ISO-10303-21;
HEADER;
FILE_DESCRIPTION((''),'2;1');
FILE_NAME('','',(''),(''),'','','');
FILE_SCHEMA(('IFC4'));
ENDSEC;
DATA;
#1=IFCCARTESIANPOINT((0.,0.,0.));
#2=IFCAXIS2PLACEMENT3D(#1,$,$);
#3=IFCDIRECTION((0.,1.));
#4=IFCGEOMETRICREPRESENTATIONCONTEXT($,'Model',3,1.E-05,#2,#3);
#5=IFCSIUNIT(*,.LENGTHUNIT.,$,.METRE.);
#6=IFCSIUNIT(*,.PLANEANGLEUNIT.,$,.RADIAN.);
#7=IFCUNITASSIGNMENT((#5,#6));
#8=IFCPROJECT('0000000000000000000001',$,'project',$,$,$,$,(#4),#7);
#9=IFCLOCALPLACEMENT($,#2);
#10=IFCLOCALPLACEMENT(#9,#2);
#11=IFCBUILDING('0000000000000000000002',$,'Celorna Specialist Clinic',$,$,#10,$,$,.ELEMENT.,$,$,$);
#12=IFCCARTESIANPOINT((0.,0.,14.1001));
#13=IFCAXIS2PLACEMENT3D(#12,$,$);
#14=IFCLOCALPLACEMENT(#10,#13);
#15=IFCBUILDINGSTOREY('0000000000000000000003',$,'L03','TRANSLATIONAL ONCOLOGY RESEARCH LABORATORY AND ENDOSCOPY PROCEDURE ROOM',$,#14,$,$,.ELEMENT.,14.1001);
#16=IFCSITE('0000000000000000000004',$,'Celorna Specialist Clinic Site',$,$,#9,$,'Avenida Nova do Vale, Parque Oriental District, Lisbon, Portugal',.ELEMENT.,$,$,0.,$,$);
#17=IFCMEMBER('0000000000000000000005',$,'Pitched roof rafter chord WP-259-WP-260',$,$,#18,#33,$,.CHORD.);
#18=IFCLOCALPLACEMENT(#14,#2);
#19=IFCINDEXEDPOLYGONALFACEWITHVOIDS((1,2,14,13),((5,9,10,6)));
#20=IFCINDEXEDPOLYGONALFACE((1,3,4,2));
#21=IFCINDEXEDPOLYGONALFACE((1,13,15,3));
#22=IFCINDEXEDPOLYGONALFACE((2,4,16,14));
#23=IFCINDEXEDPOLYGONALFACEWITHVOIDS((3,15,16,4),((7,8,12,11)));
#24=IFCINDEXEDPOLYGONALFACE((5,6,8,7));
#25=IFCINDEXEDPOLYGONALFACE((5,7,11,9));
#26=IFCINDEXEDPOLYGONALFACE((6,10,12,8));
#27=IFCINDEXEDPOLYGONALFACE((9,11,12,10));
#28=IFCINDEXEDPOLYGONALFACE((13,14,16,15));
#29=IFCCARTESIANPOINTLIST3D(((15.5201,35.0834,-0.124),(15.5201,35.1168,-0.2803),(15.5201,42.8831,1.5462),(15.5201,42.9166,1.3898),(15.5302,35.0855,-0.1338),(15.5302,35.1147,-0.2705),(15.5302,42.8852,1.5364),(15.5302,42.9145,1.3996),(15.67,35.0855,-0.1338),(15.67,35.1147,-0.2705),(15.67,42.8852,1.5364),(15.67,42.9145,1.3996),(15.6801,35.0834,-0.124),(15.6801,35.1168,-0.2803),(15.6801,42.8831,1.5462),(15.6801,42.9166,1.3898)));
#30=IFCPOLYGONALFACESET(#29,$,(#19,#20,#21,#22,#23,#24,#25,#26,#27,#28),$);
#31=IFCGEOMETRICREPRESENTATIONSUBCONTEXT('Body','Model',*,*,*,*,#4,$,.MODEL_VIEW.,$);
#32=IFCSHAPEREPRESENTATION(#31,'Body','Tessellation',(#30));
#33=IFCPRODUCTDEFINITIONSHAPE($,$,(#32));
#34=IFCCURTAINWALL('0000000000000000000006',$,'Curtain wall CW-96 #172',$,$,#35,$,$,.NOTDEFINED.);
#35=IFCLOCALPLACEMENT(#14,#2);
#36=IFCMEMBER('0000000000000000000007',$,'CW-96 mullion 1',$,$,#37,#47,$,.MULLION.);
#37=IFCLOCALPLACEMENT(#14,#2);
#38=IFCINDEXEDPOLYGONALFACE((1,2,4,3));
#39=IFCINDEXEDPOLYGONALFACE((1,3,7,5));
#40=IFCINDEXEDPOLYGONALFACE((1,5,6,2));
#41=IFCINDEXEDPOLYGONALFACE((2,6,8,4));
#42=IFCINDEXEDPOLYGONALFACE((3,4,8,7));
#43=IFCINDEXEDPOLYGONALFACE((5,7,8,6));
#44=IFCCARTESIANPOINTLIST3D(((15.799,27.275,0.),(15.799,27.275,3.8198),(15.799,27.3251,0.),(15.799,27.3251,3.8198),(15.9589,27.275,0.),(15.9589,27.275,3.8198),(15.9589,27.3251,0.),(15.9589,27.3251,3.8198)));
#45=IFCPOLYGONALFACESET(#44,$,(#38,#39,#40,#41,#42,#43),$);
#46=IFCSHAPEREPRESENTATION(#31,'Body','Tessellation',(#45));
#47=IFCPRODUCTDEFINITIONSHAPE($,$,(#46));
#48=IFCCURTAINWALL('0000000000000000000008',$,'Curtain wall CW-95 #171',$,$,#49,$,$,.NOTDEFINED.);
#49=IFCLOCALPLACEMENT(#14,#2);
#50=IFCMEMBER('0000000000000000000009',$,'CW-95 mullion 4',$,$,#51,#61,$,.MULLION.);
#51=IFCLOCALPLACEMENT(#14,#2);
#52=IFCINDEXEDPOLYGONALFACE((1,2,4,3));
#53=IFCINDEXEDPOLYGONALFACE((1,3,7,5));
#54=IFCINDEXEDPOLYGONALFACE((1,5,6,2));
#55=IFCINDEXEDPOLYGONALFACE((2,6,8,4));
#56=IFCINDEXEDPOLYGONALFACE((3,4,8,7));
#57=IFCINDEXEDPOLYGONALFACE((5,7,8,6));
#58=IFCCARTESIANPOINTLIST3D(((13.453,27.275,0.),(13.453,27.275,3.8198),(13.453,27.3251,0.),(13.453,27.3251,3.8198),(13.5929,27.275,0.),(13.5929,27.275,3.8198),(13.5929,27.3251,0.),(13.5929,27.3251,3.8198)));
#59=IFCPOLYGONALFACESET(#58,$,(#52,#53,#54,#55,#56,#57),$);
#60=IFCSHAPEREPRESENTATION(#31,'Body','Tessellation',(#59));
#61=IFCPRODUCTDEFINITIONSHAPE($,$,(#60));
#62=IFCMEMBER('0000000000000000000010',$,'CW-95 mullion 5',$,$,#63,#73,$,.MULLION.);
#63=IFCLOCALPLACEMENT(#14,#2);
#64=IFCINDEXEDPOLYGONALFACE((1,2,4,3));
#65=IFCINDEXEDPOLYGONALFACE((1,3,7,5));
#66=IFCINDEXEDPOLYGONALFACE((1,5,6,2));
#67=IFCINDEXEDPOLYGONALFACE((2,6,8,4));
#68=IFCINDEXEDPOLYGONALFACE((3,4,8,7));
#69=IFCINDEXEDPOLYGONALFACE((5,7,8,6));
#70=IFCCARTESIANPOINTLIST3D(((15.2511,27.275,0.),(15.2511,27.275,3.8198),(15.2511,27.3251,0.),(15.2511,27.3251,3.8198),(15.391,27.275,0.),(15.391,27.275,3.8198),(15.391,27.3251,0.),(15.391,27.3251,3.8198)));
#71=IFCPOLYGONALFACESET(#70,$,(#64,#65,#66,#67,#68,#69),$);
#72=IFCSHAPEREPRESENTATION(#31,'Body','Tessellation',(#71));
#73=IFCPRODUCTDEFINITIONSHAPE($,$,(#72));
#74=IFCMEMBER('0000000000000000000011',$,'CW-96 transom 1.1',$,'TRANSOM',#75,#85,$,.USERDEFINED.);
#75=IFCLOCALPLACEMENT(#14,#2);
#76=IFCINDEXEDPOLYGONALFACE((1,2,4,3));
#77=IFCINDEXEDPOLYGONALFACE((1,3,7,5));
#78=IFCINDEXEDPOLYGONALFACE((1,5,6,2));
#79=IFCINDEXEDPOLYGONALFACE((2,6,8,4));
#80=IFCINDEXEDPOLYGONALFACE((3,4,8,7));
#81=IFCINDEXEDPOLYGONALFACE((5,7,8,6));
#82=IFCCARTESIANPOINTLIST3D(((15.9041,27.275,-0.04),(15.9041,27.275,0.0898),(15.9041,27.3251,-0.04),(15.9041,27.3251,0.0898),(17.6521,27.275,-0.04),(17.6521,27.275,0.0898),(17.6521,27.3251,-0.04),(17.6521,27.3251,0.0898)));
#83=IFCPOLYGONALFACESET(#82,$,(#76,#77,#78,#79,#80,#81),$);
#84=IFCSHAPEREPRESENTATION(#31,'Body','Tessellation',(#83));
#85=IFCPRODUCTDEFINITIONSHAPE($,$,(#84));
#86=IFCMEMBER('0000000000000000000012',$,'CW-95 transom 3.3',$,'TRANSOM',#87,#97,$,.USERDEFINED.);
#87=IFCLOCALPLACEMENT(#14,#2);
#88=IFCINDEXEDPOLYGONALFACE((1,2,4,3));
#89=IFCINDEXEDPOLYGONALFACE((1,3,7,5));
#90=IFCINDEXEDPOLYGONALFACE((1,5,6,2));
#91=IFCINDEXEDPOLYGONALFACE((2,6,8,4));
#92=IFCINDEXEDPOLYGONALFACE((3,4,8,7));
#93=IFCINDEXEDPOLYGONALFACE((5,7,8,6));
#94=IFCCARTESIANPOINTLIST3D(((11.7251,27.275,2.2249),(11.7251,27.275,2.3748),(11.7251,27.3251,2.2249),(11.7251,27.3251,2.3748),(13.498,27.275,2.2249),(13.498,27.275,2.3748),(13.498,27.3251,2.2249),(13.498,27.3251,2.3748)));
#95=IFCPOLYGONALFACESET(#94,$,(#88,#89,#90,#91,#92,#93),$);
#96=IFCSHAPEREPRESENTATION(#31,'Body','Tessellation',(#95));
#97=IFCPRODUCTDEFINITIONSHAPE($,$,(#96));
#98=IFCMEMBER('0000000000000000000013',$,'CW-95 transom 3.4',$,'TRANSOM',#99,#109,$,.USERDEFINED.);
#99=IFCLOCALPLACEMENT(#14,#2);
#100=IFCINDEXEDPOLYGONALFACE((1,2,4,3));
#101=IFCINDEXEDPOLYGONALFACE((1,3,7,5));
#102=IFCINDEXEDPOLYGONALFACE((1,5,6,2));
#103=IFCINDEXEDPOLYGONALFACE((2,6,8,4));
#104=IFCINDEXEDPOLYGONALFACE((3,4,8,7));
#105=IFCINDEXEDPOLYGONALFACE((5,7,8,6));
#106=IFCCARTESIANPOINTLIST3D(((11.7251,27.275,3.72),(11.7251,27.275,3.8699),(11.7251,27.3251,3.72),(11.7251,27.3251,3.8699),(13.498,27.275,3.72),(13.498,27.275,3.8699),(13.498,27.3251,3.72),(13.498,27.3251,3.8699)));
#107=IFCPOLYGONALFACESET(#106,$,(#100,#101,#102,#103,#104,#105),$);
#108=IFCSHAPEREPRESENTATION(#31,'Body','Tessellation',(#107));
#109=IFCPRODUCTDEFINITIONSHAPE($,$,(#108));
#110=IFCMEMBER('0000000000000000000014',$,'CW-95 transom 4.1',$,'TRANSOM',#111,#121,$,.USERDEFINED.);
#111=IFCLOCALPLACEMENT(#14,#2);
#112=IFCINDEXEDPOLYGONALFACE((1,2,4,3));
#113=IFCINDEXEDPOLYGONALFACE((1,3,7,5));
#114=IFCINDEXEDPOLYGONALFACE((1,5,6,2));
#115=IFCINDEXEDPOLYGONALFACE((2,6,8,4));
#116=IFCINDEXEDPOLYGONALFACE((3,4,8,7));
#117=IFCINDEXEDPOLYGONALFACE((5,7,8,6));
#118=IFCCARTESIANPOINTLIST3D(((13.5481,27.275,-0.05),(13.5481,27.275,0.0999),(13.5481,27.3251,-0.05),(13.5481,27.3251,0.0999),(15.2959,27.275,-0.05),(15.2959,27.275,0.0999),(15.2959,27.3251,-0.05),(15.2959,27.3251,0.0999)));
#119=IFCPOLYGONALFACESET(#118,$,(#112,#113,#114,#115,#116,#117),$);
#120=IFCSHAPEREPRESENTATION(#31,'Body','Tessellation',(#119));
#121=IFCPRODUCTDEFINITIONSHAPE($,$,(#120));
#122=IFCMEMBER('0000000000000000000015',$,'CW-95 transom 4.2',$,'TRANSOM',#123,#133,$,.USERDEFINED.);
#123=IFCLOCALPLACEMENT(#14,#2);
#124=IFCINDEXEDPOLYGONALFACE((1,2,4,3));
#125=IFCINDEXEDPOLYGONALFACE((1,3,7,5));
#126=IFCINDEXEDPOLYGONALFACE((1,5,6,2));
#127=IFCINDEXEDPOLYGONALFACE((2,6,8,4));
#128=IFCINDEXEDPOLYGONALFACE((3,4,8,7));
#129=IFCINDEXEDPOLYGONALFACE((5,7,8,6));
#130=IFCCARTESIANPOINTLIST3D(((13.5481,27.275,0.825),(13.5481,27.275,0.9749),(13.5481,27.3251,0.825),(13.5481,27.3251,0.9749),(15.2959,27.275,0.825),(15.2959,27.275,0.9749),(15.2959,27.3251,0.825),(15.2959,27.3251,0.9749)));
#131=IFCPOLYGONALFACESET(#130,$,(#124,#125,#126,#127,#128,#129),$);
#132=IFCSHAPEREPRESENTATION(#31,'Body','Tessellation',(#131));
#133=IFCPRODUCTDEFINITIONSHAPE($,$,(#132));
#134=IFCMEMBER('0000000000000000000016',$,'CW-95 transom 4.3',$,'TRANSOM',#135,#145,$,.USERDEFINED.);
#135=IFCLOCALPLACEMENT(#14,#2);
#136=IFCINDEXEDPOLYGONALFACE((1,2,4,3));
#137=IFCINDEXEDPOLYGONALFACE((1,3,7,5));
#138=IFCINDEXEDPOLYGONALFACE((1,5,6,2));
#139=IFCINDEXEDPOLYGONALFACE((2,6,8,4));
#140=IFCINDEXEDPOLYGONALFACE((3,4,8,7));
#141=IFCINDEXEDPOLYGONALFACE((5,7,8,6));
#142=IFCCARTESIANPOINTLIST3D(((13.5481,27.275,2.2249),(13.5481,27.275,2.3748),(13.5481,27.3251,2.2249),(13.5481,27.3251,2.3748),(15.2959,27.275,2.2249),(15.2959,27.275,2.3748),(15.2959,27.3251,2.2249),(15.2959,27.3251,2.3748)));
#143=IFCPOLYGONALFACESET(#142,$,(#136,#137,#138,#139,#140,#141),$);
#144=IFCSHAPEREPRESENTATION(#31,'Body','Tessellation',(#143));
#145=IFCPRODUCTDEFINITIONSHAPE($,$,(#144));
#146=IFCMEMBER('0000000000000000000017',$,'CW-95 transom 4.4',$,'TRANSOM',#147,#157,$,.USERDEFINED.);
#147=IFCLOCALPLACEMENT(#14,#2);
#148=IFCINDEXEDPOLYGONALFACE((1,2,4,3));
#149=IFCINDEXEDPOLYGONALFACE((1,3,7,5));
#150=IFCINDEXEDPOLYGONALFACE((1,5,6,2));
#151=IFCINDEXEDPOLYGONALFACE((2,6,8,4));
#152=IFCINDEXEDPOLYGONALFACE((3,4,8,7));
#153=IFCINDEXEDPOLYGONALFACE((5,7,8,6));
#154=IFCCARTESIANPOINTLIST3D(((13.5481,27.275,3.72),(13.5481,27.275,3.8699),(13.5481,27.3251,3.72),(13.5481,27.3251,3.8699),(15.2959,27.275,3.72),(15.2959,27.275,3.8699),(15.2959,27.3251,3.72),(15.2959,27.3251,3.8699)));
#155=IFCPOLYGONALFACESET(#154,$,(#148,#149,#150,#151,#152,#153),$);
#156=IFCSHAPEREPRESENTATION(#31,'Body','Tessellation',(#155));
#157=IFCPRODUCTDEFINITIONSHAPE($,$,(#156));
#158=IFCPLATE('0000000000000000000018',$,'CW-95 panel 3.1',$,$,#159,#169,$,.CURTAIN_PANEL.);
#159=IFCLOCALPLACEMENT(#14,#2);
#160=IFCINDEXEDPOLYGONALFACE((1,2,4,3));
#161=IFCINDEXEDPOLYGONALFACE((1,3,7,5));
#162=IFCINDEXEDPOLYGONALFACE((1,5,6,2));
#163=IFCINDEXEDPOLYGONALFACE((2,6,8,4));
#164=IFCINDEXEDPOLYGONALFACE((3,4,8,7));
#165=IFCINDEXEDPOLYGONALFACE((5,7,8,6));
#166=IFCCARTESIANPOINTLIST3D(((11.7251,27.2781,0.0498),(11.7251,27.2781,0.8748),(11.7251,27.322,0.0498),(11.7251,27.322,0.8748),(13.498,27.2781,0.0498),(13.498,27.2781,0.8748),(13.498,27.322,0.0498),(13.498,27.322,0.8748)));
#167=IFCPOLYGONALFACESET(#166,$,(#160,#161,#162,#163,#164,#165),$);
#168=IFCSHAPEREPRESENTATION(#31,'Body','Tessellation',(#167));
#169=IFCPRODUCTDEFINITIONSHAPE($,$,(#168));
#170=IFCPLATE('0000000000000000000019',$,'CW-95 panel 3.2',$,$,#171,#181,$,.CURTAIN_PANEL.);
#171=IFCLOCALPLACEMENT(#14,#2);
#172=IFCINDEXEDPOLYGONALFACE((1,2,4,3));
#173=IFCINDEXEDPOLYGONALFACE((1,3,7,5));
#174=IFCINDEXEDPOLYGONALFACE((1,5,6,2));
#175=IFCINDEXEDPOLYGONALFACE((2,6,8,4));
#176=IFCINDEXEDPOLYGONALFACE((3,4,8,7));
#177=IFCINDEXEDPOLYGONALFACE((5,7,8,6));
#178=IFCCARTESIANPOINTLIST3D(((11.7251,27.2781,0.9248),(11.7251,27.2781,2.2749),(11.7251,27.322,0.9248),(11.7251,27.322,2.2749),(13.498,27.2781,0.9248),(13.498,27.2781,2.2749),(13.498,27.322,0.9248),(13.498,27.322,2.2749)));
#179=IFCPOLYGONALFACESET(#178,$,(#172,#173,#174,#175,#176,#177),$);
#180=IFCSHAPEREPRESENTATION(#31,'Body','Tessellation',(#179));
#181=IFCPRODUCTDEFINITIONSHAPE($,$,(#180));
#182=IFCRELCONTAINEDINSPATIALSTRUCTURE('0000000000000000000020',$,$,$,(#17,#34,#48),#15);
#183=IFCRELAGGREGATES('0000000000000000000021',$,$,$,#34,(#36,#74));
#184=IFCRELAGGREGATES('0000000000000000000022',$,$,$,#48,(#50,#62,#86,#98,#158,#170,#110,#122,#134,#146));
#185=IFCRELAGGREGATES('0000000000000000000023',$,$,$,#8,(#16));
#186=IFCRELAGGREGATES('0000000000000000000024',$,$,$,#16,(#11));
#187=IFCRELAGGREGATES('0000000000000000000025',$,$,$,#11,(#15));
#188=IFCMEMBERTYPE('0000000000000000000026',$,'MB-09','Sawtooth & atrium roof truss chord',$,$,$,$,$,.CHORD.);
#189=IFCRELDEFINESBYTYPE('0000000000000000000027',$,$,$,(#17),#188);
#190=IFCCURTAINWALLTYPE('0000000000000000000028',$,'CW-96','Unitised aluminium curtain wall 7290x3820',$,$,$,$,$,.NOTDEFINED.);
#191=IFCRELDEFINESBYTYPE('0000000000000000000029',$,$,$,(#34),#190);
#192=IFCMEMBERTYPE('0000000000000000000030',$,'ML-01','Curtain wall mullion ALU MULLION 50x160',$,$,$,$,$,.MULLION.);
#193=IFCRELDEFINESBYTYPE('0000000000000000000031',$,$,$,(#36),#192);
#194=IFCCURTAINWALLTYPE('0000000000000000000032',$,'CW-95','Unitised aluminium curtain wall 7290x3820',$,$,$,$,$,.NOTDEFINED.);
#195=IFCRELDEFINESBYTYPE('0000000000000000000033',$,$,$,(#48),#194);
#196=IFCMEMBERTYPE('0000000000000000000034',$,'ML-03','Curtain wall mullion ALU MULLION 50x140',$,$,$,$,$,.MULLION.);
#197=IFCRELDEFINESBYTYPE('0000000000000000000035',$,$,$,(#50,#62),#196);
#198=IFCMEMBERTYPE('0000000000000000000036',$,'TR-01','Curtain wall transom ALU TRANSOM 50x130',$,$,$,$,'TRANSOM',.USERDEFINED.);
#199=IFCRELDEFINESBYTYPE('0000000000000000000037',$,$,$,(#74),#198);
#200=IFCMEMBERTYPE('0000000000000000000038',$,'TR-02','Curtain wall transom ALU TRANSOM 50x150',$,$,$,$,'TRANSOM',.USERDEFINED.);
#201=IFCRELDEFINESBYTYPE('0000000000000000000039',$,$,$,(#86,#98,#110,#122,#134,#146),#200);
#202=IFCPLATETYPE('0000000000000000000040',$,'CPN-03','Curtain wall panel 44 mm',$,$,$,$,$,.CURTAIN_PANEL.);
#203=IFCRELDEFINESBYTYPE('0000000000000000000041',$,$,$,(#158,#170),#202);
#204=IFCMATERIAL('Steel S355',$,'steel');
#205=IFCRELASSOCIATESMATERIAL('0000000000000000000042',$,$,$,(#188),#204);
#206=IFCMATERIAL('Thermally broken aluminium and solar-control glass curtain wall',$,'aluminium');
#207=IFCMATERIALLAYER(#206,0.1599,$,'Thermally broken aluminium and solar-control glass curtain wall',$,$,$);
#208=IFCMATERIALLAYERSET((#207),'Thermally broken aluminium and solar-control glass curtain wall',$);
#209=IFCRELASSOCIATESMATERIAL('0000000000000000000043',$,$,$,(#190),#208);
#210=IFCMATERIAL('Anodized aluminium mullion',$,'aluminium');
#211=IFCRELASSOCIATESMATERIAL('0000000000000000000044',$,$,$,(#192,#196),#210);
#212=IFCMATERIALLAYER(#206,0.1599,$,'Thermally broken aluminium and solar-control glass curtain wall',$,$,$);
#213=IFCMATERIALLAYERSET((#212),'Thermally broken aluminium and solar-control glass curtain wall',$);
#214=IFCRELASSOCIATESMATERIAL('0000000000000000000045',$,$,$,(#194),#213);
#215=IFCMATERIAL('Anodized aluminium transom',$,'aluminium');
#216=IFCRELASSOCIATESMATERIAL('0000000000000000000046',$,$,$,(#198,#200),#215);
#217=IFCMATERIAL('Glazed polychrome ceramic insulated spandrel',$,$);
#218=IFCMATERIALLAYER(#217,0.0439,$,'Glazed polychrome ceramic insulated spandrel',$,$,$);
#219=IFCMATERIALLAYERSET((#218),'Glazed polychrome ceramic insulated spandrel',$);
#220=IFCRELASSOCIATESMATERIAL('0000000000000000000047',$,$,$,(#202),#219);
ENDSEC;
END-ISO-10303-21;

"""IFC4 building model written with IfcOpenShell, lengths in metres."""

from ifc_helpers import new_model, si_unit, direction, frame, origin, origin_2d, place, context, subcontext, project, spatial, rectangle, hollow_rectangle, extrude, material, layer, layer_set, material_profile, profile_set, type_object, element, aggregate, save


model = new_model("IFC4")

# Units and contexts
model_context = context("Model", 3, precision=1e-05, world=origin(), true_north=direction((0.0, 1.0)))
body_context = subcontext(model_context, "Body", "Model", "MODEL_VIEW")
ifc_project = project(units=[si_unit("LENGTHUNIT", "METRE"), si_unit("PLANEANGLEUNIT", "RADIAN")], contexts=[model_context])

# Site, building, storey
site_placement = place(None, origin())
site = spatial("IfcSite", under=ifc_project, at=site_placement, Name="Celorna Specialist Clinic Site", LongName="Avenida Nova do Vale, Parque Oriental District, Lisbon, Portugal", CompositionType="ELEMENT", RefElevation=0.0)
building_placement = place(site_placement, origin())
building = spatial("IfcBuilding", under=site, at=building_placement, Name="Celorna Specialist Clinic", CompositionType="ELEMENT")
storey_placement = place(building_placement, frame((0.0, 0.0, 14.1001)))
storey = spatial("IfcBuildingStorey", under=building, at=storey_placement, Name="L03", Description="TRANSLATIONAL ONCOLOGY RESEARCH LABORATORY AND ENDOSCOPY PROCEDURE ROOM", CompositionType="ELEMENT", Elevation=14.1001)

# Shared definitions
ifc_material_1 = material(Name="Steel S355", Category="steel")

# Member
ifc_material_profile_1 = material_profile(ifc_material_1, hollow_rectangle(XDim=0.1599, YDim=0.1599, WallThickness=0.01, at=origin_2d()), Name="SHS 160x160x10")
ifc_profile_set_1 = profile_set([ifc_material_profile_1], Name="Steel S355")
member_type_1 = type_object("IfcMemberType", Name="MB-09", Description="Sawtooth & atrium roof truss chord", PredefinedType="CHORD", material=ifc_profile_set_1)
member_1_placement = place(storey_placement, frame((15.6001, 35.1001, -0.2021), z_axis=(0.0, 0.977834, 0.209383), x_axis=(-1.0, 0.0, 0.0)))
element("IfcMember", 1, at=member_1_placement, inside=storey, type_object=member_type_1, Name="Pitched roof rafter chord WP-259-WP-260", PredefinedType="CHORD", context=body_context, shape_type="SweptSolid", body=[
    extrude(hollow_rectangle(XDim=0.1599, YDim=0.1599, WallThickness=0.01, at=origin_2d()), origin(), (0.0, 0.0, 1.0), 7.9766),
])

# Curtain wall, member
ifc_material_2 = material(Name="Thermally broken aluminium and solar-control glass curtain wall", Category="aluminium")
ifc_layer_1 = layer(ifc_material_2, 0.1599, Name="Thermally broken aluminium and solar-control glass curtain wall")
ifc_layer_set_1 = layer_set([ifc_layer_1], Name="Thermally broken aluminium and solar-control glass curtain wall")
curtain_wall_type_1 = type_object("IfcCurtainWallType", Name="CW-96", Description="Unitised aluminium curtain wall 7290x3820", PredefinedType="NOTDEFINED", material=ifc_layer_set_1)
curtain_wall_1_placement = place(storey_placement, origin())
curtain_wall_1 = element("IfcCurtainWall", 2, at=curtain_wall_1_placement, inside=storey, type_object=curtain_wall_type_1, Name="Curtain wall CW-96 #172", PredefinedType="NOTDEFINED")
ifc_material_3 = material(Name="Anodized aluminium mullion", Category="aluminium")
ifc_material_profile_2 = material_profile(ifc_material_3, rectangle(XDim=0.05, YDim=0.1599, at=origin_2d()), Name="ALU MULLION 50x160")
ifc_profile_set_2 = profile_set([ifc_material_profile_2], Name="Anodized aluminium mullion")
member_type_2 = type_object("IfcMemberType", Name="ML-01", Description="Curtain wall mullion ALU MULLION 50x160", PredefinedType="MULLION", material=ifc_profile_set_2)
member_2_placement = place(storey_placement, frame((15.8789, 27.3, 0.0), z_axis=(0.0, 0.0, 1.0), x_axis=(0.0, 1.0, 0.0)))
member_2 = element("IfcMember", 3, at=member_2_placement, type_object=member_type_2, Name="CW-96 mullion 1", PredefinedType="MULLION", context=body_context, shape_type="SweptSolid", body=[
    extrude(rectangle(XDim=0.05, YDim=0.1599, at=origin_2d()), origin(), (0.0, 0.0, 1.0), 3.8198),
])

# Curtain wall, members
ifc_layer_2 = layer(ifc_material_2, 0.1599, Name="Thermally broken aluminium and solar-control glass curtain wall")
ifc_layer_set_2 = layer_set([ifc_layer_2], Name="Thermally broken aluminium and solar-control glass curtain wall")
curtain_wall_type_2 = type_object("IfcCurtainWallType", Name="CW-95", Description="Unitised aluminium curtain wall 7290x3820", PredefinedType="NOTDEFINED", material=ifc_layer_set_2)
curtain_wall_2_placement = place(storey_placement, origin())
curtain_wall_2 = element("IfcCurtainWall", 4, at=curtain_wall_2_placement, inside=storey, type_object=curtain_wall_type_2, Name="Curtain wall CW-95 #171", PredefinedType="NOTDEFINED")
ifc_material_profile_3 = material_profile(ifc_material_3, rectangle(XDim=0.05, YDim=0.1399, at=origin_2d()), Name="ALU MULLION 50x140")
ifc_profile_set_3 = profile_set([ifc_material_profile_3], Name="Anodized aluminium mullion")
member_type_3 = type_object("IfcMemberType", Name="ML-03", Description="Curtain wall mullion ALU MULLION 50x140", PredefinedType="MULLION", material=ifc_profile_set_3)
member_3_placement = place(storey_placement, frame((13.5229, 27.3, 0.0), z_axis=(0.0, 0.0, 1.0), x_axis=(0.0, 1.0, 0.0)))
member_3 = element("IfcMember", 5, at=member_3_placement, type_object=member_type_3, Name="CW-95 mullion 4", PredefinedType="MULLION", context=body_context, shape_type="SweptSolid", body=[
    extrude(rectangle(XDim=0.05, YDim=0.1399, at=origin_2d()), origin(), (0.0, 0.0, 1.0), 3.8198),
])
member_4_placement = place(storey_placement, frame((15.321, 27.3, 0.0), z_axis=(0.0, 0.0, 1.0), x_axis=(0.0, 1.0, 0.0)))
member_4 = element("IfcMember", 6, at=member_4_placement, type_object=member_type_3, Name="CW-95 mullion 5", PredefinedType="MULLION", context=body_context, shape_type="SweptSolid", body=[
    extrude(rectangle(XDim=0.05, YDim=0.1399, at=origin_2d()), origin(), (0.0, 0.0, 1.0), 3.8198),
])

# Members
ifc_material_4 = material(Name="Anodized aluminium transom", Category="aluminium")
ifc_material_profile_4 = material_profile(ifc_material_4, rectangle(XDim=0.05, YDim=0.1299, at=origin_2d()), Name="ALU TRANSOM 50x130")
ifc_profile_set_4 = profile_set([ifc_material_profile_4], Name="Anodized aluminium transom")
member_type_4 = type_object("IfcMemberType", Name="TR-01", Description="Curtain wall transom ALU TRANSOM 50x130", ElementType="TRANSOM", PredefinedType="USERDEFINED", material=ifc_profile_set_4)
member_5_placement = place(storey_placement, frame((15.9041, 27.3, 0.0249), z_axis=(1.0, 0.0, 0.0), x_axis=(0.0, 1.0, 0.0)))
member_5 = element("IfcMember", 7, at=member_5_placement, type_object=member_type_4, Name="CW-96 transom 1.1", ObjectType="TRANSOM", PredefinedType="USERDEFINED", context=body_context, shape_type="SweptSolid", body=[
    extrude(rectangle(XDim=0.05, YDim=0.1299, at=origin_2d()), origin(), (0.0, 0.0, 1.0), 1.748),
])
aggregate(curtain_wall_1, [member_2, member_5])
ifc_material_profile_5 = material_profile(ifc_material_4, rectangle(XDim=0.05, YDim=0.1499, at=origin_2d()), Name="ALU TRANSOM 50x150")
ifc_profile_set_5 = profile_set([ifc_material_profile_5], Name="Anodized aluminium transom")
member_type_5 = type_object("IfcMemberType", Name="TR-02", Description="Curtain wall transom ALU TRANSOM 50x150", ElementType="TRANSOM", PredefinedType="USERDEFINED", material=ifc_profile_set_5)
member_6_placement = place(storey_placement, frame((11.7251, 27.3, 2.2998), z_axis=(1.0, 0.0, 0.0), x_axis=(0.0, 1.0, 0.0)))
member_6 = element("IfcMember", 8, at=member_6_placement, type_object=member_type_5, Name="CW-95 transom 3.3", ObjectType="TRANSOM", PredefinedType="USERDEFINED", context=body_context, shape_type="SweptSolid", body=[
    extrude(rectangle(XDim=0.05, YDim=0.1499, at=origin_2d()), origin(), (0.0, 0.0, 1.0), 1.7729),
])
member_7_placement = place(storey_placement, frame((11.7251, 27.3, 3.7949), z_axis=(1.0, 0.0, 0.0), x_axis=(0.0, 1.0, 0.0)))
member_7 = element("IfcMember", 9, at=member_7_placement, type_object=member_type_5, Name="CW-95 transom 3.4", ObjectType="TRANSOM", PredefinedType="USERDEFINED", context=body_context, shape_type="SweptSolid", body=[
    extrude(rectangle(XDim=0.05, YDim=0.1499, at=origin_2d()), origin(), (0.0, 0.0, 1.0), 1.7729),
])
member_8_placement = place(storey_placement, frame((13.5481, 27.3, 0.0249), z_axis=(1.0, 0.0, 0.0), x_axis=(0.0, 1.0, 0.0)))
member_8 = element("IfcMember", 10, at=member_8_placement, type_object=member_type_5, Name="CW-95 transom 4.1", ObjectType="TRANSOM", PredefinedType="USERDEFINED", context=body_context, shape_type="SweptSolid", body=[
    extrude(rectangle(XDim=0.05, YDim=0.1499, at=origin_2d()), origin(), (0.0, 0.0, 1.0), 1.7478),
])
member_9_placement = place(storey_placement, frame((13.5481, 27.3, 0.8999), z_axis=(1.0, 0.0, 0.0), x_axis=(0.0, 1.0, 0.0)))
member_9 = element("IfcMember", 11, at=member_9_placement, type_object=member_type_5, Name="CW-95 transom 4.2", ObjectType="TRANSOM", PredefinedType="USERDEFINED", context=body_context, shape_type="SweptSolid", body=[
    extrude(rectangle(XDim=0.05, YDim=0.1499, at=origin_2d()), origin(), (0.0, 0.0, 1.0), 1.7478),
])
member_10_placement = place(storey_placement, frame((13.5481, 27.3, 2.2998), z_axis=(1.0, 0.0, 0.0), x_axis=(0.0, 1.0, 0.0)))
member_10 = element("IfcMember", 12, at=member_10_placement, type_object=member_type_5, Name="CW-95 transom 4.3", ObjectType="TRANSOM", PredefinedType="USERDEFINED", context=body_context, shape_type="SweptSolid", body=[
    extrude(rectangle(XDim=0.05, YDim=0.1499, at=origin_2d()), origin(), (0.0, 0.0, 1.0), 1.7478),
])
member_11_placement = place(storey_placement, frame((13.5481, 27.3, 3.7949), z_axis=(1.0, 0.0, 0.0), x_axis=(0.0, 1.0, 0.0)))
member_11 = element("IfcMember", 13, at=member_11_placement, type_object=member_type_5, Name="CW-95 transom 4.4", ObjectType="TRANSOM", PredefinedType="USERDEFINED", context=body_context, shape_type="SweptSolid", body=[
    extrude(rectangle(XDim=0.05, YDim=0.1499, at=origin_2d()), origin(), (0.0, 0.0, 1.0), 1.7478),
])

# Plates
ifc_material_5 = material(Name="Glazed polychrome ceramic insulated spandrel")
ifc_layer_3 = layer(ifc_material_5, 0.0439, Name="Glazed polychrome ceramic insulated spandrel")
ifc_layer_set_3 = layer_set([ifc_layer_3], Name="Glazed polychrome ceramic insulated spandrel")
plate_type_1 = type_object("IfcPlateType", Name="CPN-03", Description="Curtain wall panel 44 mm", PredefinedType="CURTAIN_PANEL", material=ifc_layer_set_3)
plate_1_placement = place(storey_placement, frame((12.6116, 27.3, 0.0498), z_axis=(0.0, 0.0, 1.0), x_axis=(1.0, 0.0, 0.0)))
plate_1 = element("IfcPlate", 14, at=plate_1_placement, type_object=plate_type_1, Name="CW-95 panel 3.1", PredefinedType="CURTAIN_PANEL", context=body_context, shape_type="SweptSolid", body=[
    extrude(rectangle(XDim=1.7729, YDim=0.0439, at=origin_2d()), origin(), (0.0, 0.0, 1.0), 0.825),
])
plate_2_placement = place(storey_placement, frame((12.6116, 27.3, 0.9248), z_axis=(0.0, 0.0, 1.0), x_axis=(1.0, 0.0, 0.0)))
plate_2 = element("IfcPlate", 15, at=plate_2_placement, type_object=plate_type_1, Name="CW-95 panel 3.2", PredefinedType="CURTAIN_PANEL", context=body_context, shape_type="SweptSolid", body=[
    extrude(rectangle(XDim=1.7729, YDim=0.0439, at=origin_2d()), origin(), (0.0, 0.0, 1.0), 1.3501),
])
aggregate(curtain_wall_2, [member_3, member_4, member_6, member_7, plate_1, plate_2, member_8, member_9, member_10, member_11])

save(model, "model.ifc")
